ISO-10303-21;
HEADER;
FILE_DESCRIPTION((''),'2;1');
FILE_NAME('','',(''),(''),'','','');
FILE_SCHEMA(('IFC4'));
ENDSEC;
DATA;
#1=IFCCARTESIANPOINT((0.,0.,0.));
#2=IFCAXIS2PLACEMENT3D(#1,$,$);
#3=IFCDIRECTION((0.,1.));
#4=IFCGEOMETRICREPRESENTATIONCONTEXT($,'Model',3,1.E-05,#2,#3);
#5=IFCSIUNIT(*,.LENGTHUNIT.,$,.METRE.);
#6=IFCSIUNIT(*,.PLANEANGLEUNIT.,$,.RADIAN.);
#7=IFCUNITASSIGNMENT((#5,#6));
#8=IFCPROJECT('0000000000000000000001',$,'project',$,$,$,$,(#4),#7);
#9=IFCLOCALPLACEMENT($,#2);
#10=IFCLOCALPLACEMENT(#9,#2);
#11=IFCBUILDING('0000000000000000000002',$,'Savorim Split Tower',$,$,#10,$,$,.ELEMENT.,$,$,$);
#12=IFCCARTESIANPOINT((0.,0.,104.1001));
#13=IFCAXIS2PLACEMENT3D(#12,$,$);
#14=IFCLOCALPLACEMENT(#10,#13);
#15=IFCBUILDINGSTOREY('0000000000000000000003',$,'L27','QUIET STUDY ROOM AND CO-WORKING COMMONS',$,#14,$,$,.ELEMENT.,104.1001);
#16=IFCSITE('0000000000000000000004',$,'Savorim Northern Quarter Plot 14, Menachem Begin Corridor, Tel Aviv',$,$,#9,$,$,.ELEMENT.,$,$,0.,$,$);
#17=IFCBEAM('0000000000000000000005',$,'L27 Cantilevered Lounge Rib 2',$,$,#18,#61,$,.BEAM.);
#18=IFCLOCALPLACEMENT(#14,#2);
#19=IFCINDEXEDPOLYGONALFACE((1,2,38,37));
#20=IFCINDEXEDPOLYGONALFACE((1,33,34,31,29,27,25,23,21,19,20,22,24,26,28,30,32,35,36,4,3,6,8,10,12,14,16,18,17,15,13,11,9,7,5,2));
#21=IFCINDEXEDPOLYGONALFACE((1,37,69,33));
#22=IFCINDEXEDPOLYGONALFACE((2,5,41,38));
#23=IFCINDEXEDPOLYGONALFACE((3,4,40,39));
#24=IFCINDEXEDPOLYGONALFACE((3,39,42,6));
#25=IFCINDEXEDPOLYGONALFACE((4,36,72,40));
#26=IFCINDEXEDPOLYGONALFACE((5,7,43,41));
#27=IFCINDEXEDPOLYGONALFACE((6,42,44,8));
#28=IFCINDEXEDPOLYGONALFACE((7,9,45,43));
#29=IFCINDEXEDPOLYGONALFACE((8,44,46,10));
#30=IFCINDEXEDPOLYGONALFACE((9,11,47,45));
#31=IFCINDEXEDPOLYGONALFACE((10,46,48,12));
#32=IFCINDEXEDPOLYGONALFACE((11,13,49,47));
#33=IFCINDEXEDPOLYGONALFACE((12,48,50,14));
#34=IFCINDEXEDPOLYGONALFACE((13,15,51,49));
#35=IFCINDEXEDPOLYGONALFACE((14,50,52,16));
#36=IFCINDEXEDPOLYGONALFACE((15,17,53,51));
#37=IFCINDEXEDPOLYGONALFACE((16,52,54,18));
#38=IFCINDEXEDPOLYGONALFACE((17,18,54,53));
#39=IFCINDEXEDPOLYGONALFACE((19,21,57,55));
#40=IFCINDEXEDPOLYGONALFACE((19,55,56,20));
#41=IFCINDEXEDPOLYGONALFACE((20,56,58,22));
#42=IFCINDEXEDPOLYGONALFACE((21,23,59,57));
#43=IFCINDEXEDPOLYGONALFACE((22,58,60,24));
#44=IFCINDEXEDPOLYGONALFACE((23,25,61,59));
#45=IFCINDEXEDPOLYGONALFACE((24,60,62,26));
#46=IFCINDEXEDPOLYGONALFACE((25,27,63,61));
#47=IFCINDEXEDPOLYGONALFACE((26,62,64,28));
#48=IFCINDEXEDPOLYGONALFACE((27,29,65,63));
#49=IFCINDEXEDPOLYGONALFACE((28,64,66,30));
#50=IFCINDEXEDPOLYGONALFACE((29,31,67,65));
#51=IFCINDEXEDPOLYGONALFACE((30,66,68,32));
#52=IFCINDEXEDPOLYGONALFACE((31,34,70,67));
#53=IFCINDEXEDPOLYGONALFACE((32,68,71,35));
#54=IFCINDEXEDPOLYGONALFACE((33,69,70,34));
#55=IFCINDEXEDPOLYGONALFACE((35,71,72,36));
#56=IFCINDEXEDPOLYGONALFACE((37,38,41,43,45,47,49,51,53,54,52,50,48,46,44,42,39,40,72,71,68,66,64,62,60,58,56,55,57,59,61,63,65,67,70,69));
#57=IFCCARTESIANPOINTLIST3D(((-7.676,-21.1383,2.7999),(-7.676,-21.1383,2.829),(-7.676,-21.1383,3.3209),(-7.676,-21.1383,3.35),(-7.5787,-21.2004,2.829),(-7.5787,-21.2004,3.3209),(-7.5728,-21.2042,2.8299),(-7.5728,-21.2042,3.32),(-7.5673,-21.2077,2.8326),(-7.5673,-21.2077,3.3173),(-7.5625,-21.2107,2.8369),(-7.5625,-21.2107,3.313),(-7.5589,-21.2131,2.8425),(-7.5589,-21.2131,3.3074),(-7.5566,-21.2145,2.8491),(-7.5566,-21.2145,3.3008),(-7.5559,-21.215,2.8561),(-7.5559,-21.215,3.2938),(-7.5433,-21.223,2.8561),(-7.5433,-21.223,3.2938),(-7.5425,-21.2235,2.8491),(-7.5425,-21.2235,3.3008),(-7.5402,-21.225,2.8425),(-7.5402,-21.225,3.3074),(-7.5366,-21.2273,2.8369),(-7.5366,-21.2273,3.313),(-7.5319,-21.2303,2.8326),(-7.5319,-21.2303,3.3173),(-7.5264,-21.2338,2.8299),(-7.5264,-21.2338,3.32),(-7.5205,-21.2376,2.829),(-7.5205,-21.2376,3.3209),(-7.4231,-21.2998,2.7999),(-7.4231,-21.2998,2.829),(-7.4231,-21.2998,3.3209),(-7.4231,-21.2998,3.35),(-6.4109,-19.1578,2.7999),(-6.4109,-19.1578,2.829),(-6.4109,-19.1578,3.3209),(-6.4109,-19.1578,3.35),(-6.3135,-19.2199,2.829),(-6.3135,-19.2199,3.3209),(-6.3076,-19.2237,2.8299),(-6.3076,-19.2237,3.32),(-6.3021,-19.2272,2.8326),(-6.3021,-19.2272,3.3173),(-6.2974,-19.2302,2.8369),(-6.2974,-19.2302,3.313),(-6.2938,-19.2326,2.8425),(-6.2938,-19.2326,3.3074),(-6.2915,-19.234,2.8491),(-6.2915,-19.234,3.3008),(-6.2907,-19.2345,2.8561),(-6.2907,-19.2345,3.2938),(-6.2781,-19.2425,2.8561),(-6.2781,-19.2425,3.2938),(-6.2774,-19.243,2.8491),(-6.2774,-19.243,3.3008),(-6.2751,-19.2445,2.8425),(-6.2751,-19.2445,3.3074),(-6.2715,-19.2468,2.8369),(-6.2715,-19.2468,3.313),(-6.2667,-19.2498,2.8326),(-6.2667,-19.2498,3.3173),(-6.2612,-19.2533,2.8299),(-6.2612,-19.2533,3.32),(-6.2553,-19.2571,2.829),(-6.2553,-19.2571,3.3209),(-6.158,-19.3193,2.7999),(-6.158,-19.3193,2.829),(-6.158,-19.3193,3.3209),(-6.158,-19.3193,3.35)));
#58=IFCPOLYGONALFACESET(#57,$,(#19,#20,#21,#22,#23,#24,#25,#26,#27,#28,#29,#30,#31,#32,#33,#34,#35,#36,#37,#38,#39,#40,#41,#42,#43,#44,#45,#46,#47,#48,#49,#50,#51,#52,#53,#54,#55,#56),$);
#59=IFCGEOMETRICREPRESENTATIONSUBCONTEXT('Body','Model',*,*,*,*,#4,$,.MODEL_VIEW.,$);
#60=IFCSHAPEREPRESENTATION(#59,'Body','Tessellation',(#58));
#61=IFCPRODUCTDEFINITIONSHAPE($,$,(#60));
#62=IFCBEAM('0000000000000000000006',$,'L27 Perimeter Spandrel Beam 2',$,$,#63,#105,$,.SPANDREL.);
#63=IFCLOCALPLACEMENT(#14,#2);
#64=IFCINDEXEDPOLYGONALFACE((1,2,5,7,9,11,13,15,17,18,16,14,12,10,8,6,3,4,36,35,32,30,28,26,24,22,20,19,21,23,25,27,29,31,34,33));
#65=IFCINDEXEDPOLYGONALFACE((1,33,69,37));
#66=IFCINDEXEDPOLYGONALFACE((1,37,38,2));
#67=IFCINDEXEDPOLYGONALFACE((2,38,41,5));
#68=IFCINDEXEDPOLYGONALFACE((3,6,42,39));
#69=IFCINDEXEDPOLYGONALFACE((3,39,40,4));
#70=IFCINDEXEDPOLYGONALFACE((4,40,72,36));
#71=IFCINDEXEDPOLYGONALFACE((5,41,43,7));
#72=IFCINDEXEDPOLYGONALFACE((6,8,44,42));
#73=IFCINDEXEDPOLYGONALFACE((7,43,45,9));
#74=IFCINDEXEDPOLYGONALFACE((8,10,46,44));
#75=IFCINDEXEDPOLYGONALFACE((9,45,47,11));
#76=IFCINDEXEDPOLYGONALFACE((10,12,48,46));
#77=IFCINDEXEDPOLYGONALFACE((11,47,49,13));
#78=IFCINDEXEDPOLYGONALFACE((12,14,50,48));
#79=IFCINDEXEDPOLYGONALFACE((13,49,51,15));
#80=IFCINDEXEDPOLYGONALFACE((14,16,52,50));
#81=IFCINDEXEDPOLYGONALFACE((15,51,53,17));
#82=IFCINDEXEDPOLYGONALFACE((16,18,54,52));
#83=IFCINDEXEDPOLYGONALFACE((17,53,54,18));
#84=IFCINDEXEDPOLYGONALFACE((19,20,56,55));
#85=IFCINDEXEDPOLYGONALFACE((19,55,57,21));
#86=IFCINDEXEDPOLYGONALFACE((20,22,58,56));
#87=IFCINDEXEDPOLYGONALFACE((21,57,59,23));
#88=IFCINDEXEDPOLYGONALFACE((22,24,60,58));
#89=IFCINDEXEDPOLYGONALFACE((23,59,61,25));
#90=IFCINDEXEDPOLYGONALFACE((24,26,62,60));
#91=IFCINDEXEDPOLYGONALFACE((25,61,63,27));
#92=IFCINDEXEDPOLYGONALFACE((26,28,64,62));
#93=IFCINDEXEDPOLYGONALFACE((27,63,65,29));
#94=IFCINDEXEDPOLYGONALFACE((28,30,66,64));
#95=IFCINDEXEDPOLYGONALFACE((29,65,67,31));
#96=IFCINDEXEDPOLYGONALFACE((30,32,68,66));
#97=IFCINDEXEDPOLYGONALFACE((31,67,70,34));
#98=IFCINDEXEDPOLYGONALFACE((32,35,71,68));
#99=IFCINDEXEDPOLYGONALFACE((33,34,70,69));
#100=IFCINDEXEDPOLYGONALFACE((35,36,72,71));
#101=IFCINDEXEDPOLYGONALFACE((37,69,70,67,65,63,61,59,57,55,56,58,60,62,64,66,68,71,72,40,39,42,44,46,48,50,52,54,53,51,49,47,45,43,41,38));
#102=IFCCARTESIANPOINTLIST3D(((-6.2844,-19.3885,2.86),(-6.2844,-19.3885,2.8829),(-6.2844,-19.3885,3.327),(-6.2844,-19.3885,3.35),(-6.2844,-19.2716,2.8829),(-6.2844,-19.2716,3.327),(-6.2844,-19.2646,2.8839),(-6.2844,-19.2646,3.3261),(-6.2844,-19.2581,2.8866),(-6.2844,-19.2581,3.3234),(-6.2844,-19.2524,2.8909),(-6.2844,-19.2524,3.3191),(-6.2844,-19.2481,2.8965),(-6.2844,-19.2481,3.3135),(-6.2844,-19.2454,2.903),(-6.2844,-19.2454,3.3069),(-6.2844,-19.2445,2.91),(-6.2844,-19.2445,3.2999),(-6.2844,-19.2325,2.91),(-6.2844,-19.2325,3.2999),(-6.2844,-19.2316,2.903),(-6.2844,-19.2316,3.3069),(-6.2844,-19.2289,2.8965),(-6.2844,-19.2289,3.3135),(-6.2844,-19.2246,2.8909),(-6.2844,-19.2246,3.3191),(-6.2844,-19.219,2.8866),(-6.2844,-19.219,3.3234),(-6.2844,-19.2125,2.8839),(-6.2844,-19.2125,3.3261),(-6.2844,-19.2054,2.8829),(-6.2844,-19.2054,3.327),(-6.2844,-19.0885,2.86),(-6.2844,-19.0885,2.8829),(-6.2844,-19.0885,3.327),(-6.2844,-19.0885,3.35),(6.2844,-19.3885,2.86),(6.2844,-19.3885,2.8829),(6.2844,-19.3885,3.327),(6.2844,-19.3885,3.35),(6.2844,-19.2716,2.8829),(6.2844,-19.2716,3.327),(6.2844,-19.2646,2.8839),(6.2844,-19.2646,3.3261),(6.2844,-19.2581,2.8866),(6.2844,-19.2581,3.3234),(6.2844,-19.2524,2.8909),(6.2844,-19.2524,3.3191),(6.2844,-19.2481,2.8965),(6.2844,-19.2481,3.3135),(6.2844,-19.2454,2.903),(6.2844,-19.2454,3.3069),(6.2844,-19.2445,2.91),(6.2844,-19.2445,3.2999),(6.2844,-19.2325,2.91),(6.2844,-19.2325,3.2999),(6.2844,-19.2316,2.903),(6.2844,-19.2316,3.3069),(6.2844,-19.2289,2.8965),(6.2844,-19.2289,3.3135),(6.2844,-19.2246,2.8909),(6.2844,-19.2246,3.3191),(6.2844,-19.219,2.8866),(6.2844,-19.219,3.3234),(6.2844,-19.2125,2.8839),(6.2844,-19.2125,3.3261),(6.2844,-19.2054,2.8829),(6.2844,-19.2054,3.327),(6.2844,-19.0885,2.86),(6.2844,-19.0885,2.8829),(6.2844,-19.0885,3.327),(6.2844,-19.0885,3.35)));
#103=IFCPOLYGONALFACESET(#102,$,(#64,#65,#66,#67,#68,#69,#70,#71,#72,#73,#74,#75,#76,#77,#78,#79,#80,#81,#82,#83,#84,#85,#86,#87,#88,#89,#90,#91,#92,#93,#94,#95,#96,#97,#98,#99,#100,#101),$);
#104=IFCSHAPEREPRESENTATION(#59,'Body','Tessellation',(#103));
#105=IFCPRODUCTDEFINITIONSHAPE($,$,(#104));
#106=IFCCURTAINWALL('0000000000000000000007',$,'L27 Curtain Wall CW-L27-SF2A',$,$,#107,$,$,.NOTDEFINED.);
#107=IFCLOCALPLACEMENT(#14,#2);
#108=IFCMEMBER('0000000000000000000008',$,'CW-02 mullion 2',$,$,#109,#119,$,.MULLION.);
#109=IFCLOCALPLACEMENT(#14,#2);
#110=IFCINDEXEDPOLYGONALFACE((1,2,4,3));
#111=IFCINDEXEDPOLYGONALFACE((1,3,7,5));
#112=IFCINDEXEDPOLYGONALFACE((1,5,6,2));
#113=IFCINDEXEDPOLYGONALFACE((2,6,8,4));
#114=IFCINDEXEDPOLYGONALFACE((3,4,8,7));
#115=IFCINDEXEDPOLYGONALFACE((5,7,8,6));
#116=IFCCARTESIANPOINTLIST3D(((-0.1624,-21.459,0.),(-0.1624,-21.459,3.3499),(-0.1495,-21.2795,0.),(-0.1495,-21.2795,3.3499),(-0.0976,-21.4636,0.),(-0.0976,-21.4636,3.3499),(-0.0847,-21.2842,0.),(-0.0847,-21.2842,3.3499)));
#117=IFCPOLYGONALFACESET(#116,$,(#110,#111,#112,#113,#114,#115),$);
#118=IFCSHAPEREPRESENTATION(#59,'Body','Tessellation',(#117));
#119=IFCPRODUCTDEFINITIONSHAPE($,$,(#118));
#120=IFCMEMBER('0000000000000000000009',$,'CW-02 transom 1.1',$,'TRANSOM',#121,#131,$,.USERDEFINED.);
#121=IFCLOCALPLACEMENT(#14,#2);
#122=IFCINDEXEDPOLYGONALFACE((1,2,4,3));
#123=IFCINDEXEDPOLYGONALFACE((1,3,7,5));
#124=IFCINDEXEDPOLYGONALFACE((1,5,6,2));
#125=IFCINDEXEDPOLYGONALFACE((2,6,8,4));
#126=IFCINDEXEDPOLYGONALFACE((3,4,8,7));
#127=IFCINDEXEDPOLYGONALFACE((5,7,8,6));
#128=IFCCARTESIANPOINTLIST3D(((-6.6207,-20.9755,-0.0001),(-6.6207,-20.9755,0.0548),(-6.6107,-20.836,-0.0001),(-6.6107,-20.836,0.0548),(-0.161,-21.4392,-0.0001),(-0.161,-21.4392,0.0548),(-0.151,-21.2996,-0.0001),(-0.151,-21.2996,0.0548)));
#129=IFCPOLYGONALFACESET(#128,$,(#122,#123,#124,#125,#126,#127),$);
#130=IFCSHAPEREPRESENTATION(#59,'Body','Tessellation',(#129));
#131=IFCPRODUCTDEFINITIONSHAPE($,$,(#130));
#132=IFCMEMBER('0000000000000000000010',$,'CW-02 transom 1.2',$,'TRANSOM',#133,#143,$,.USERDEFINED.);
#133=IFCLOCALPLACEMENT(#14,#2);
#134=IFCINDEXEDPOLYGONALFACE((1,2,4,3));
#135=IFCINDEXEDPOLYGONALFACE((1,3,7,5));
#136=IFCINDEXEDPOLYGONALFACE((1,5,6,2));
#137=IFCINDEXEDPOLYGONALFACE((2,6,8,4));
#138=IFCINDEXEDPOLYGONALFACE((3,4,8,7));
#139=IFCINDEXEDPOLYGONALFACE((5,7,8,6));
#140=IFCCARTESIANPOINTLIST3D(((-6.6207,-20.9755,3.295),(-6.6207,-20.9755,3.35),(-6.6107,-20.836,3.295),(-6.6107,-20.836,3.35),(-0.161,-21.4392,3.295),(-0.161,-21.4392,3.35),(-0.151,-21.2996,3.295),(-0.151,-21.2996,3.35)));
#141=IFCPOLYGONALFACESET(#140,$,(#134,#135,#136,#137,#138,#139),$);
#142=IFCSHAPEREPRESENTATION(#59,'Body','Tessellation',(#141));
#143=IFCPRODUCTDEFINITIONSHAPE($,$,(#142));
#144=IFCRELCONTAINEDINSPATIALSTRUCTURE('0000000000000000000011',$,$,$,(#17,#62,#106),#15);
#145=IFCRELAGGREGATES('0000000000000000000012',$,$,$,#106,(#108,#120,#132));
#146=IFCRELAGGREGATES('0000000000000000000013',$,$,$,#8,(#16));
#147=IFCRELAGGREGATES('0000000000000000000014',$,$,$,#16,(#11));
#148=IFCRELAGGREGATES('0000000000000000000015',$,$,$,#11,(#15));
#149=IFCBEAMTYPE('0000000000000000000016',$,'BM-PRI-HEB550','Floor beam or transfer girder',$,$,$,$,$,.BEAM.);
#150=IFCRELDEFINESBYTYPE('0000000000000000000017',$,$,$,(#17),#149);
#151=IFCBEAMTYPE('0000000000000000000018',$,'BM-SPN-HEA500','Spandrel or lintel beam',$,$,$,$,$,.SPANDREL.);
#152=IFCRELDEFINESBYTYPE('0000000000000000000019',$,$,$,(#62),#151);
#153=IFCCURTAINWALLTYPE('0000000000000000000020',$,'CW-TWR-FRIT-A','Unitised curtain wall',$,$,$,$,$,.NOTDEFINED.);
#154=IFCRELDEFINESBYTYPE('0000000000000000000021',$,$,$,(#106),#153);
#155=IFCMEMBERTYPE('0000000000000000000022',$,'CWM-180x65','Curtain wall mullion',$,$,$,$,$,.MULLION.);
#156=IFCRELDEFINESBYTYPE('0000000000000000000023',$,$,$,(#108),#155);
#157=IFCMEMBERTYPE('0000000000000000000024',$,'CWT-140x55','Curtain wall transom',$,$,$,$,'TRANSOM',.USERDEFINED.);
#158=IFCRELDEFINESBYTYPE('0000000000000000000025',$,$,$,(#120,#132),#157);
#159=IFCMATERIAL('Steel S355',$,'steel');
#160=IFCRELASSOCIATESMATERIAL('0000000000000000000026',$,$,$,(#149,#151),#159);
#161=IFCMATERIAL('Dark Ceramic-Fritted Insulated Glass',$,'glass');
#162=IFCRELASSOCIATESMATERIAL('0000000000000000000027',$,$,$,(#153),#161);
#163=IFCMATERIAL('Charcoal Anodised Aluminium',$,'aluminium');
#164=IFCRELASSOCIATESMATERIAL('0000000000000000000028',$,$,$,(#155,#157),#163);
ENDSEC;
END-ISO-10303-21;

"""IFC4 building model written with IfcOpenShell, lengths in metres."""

from ifc_helpers import new_model, si_unit, direction, frame, origin, origin_2d, place, context, subcontext, project, spatial, rectangle, i_section, extrude, material, material_profile, profile_set, type_object, element, aggregate, save


model = new_model("IFC4")

# Units and contexts
model_context = context("Model", 3, precision=1e-05, world=origin(), true_north=direction((0.0, 1.0)))
body_context = subcontext(model_context, "Body", "Model", "MODEL_VIEW")
ifc_project = project(units=[si_unit("LENGTHUNIT", "METRE"), si_unit("PLANEANGLEUNIT", "RADIAN")], contexts=[model_context])

# Site, building, storey
site_placement = place(None, origin())
site = spatial("IfcSite", under=ifc_project, at=site_placement, Name="Savorim Northern Quarter Plot 14, Menachem Begin Corridor, Tel Aviv", CompositionType="ELEMENT", RefElevation=0.0)
building_placement = place(site_placement, origin())
building = spatial("IfcBuilding", under=site, at=building_placement, Name="Savorim Split Tower", CompositionType="ELEMENT")
storey_placement = place(building_placement, frame((0.0, 0.0, 104.1001)))
storey = spatial("IfcBuildingStorey", under=building, at=storey_placement, Name="L27", Description="QUIET STUDY ROOM AND CO-WORKING COMMONS", CompositionType="ELEMENT", Elevation=104.1001)

# Beams
ifc_material_1 = material(Name="Steel S355", Category="steel")
ifc_material_profile_1 = material_profile(ifc_material_1, i_section(OverallWidth=0.3, OverallDepth=0.55, WebThickness=0.0149, FlangeThickness=0.0291, FilletRadius=0.0271, at=origin_2d()), Name="HEB 550")
ifc_profile_set_1 = profile_set([ifc_material_profile_1], Name="Steel S355")
beam_type_1 = type_object("IfcBeamType", Name="BM-PRI-HEB550", Description="Floor beam or transfer girder", PredefinedType="BEAM", material=ifc_profile_set_1)
beam_1_placement = place(storey_placement, frame((-6.2844, -19.2385, 3.075), z_axis=(-0.53834, -0.842728, 0.0), x_axis=(0.842728, -0.53834, 0.0)))
element("IfcBeam", 1, at=beam_1_placement, inside=storey, type_object=beam_type_1, Name="L27 Cantilevered Lounge Rib 2", PredefinedType="BEAM", context=body_context, shape_type="SweptSolid", body=[
    extrude(i_section(OverallWidth=0.3, OverallDepth=0.55, WebThickness=0.0149, FlangeThickness=0.0291, FilletRadius=0.0271, at=origin_2d()), origin(), (0.0, 0.0, 1.0), 2.3501),
])
ifc_material_profile_2 = material_profile(ifc_material_1, i_section(OverallWidth=0.3, OverallDepth=0.49, WebThickness=0.012, FlangeThickness=0.0229, FilletRadius=0.0271, at=origin_2d()), Name="HEA 500")
ifc_profile_set_2 = profile_set([ifc_material_profile_2], Name="Steel S355")
beam_type_2 = type_object("IfcBeamType", Name="BM-SPN-HEA500", Description="Spandrel or lintel beam", PredefinedType="SPANDREL", material=ifc_profile_set_2)
beam_2_placement = place(storey_placement, frame((-6.2844, -19.2385, 3.105), z_axis=(1.0, 0.0, 0.0), x_axis=(0.0, 1.0, 0.0)))
element("IfcBeam", 2, at=beam_2_placement, inside=storey, type_object=beam_type_2, Name="L27 Perimeter Spandrel Beam 2", PredefinedType="SPANDREL", context=body_context, shape_type="SweptSolid", body=[
    extrude(i_section(OverallWidth=0.3, OverallDepth=0.49, WebThickness=0.012, FlangeThickness=0.0229, FilletRadius=0.0271, at=origin_2d()), origin(), (0.0, 0.0, 1.0), 12.5688),
])

# Curtain wall, members
ifc_material_2 = material(Name="Dark Ceramic-Fritted Insulated Glass", Category="glass")
curtain_wall_type = type_object("IfcCurtainWallType", Name="CW-TWR-FRIT-A", Description="Unitised curtain wall", PredefinedType="NOTDEFINED", material=ifc_material_2)
curtain_wall_placement = place(storey_placement, origin())
curtain_wall = element("IfcCurtainWall", 3, at=curtain_wall_placement, inside=storey, type_object=curtain_wall_type, Name="L27 Curtain Wall CW-L27-SF2A", PredefinedType="NOTDEFINED")
ifc_material_3 = material(Name="Charcoal Anodised Aluminium", Category="aluminium")
ifc_material_profile_3 = material_profile(ifc_material_3, rectangle(XDim=0.1799, YDim=0.0649, at=origin_2d()), Name="ALU-M 180x65")
ifc_profile_set_3 = profile_set([ifc_material_profile_3], Name="Charcoal Anodised Aluminium")
member_type_1 = type_object("IfcMemberType", Name="CWM-180x65", Description="Curtain wall mullion", PredefinedType="MULLION", material=ifc_profile_set_3)
member_1_placement = place(storey_placement, frame((-0.1235, -21.3716, 0.0), z_axis=(0.0, 0.0, 1.0), x_axis=(0.071569, 0.997436, 0.0)))
member_1 = element("IfcMember", 4, at=member_1_placement, type_object=member_type_1, Name="CW-02 mullion 2", PredefinedType="MULLION", context=body_context, shape_type="SweptSolid", body=[
    extrude(rectangle(XDim=0.1799, YDim=0.0649, at=origin_2d()), origin(), (0.0, 0.0, 1.0), 3.3499),
])
ifc_material_profile_4 = material_profile(ifc_material_3, rectangle(XDim=0.1399, YDim=0.0549, at=origin_2d()), Name="ALU-T 140x55")
ifc_profile_set_4 = profile_set([ifc_material_profile_4], Name="Charcoal Anodised Aluminium")
member_type_2 = type_object("IfcMemberType", Name="CWT-140x55", Description="Curtain wall transom", ElementType="TRANSOM", PredefinedType="USERDEFINED", material=ifc_profile_set_4)
member_2_placement = place(storey_placement, frame((-6.6157, -20.9058, 0.0273), z_axis=(0.997434, -0.071587, 0.0), x_axis=(0.071587, 0.997434, 0.0)))
member_2 = element("IfcMember", 5, at=member_2_placement, type_object=member_type_2, Name="CW-02 transom 1.1", ObjectType="TRANSOM", PredefinedType="USERDEFINED", context=body_context, shape_type="SweptSolid", body=[
    extrude(rectangle(XDim=0.1399, YDim=0.0549, at=origin_2d()), origin(), (0.0, 0.0, 1.0), 6.4763),
])
member_3_placement = place(storey_placement, frame((-6.6157, -20.9058, 3.3225), z_axis=(0.997434, -0.071587, 0.0), x_axis=(0.071587, 0.997434, 0.0)))
member_3 = element("IfcMember", 6, at=member_3_placement, type_object=member_type_2, Name="CW-02 transom 1.2", ObjectType="TRANSOM", PredefinedType="USERDEFINED", context=body_context, shape_type="SweptSolid", body=[
    extrude(rectangle(XDim=0.1399, YDim=0.0549, at=origin_2d()), origin(), (0.0, 0.0, 1.0), 6.4763),
])

aggregate(curtain_wall, [member_1, member_2, member_3])

save(model, "model.ifc")
